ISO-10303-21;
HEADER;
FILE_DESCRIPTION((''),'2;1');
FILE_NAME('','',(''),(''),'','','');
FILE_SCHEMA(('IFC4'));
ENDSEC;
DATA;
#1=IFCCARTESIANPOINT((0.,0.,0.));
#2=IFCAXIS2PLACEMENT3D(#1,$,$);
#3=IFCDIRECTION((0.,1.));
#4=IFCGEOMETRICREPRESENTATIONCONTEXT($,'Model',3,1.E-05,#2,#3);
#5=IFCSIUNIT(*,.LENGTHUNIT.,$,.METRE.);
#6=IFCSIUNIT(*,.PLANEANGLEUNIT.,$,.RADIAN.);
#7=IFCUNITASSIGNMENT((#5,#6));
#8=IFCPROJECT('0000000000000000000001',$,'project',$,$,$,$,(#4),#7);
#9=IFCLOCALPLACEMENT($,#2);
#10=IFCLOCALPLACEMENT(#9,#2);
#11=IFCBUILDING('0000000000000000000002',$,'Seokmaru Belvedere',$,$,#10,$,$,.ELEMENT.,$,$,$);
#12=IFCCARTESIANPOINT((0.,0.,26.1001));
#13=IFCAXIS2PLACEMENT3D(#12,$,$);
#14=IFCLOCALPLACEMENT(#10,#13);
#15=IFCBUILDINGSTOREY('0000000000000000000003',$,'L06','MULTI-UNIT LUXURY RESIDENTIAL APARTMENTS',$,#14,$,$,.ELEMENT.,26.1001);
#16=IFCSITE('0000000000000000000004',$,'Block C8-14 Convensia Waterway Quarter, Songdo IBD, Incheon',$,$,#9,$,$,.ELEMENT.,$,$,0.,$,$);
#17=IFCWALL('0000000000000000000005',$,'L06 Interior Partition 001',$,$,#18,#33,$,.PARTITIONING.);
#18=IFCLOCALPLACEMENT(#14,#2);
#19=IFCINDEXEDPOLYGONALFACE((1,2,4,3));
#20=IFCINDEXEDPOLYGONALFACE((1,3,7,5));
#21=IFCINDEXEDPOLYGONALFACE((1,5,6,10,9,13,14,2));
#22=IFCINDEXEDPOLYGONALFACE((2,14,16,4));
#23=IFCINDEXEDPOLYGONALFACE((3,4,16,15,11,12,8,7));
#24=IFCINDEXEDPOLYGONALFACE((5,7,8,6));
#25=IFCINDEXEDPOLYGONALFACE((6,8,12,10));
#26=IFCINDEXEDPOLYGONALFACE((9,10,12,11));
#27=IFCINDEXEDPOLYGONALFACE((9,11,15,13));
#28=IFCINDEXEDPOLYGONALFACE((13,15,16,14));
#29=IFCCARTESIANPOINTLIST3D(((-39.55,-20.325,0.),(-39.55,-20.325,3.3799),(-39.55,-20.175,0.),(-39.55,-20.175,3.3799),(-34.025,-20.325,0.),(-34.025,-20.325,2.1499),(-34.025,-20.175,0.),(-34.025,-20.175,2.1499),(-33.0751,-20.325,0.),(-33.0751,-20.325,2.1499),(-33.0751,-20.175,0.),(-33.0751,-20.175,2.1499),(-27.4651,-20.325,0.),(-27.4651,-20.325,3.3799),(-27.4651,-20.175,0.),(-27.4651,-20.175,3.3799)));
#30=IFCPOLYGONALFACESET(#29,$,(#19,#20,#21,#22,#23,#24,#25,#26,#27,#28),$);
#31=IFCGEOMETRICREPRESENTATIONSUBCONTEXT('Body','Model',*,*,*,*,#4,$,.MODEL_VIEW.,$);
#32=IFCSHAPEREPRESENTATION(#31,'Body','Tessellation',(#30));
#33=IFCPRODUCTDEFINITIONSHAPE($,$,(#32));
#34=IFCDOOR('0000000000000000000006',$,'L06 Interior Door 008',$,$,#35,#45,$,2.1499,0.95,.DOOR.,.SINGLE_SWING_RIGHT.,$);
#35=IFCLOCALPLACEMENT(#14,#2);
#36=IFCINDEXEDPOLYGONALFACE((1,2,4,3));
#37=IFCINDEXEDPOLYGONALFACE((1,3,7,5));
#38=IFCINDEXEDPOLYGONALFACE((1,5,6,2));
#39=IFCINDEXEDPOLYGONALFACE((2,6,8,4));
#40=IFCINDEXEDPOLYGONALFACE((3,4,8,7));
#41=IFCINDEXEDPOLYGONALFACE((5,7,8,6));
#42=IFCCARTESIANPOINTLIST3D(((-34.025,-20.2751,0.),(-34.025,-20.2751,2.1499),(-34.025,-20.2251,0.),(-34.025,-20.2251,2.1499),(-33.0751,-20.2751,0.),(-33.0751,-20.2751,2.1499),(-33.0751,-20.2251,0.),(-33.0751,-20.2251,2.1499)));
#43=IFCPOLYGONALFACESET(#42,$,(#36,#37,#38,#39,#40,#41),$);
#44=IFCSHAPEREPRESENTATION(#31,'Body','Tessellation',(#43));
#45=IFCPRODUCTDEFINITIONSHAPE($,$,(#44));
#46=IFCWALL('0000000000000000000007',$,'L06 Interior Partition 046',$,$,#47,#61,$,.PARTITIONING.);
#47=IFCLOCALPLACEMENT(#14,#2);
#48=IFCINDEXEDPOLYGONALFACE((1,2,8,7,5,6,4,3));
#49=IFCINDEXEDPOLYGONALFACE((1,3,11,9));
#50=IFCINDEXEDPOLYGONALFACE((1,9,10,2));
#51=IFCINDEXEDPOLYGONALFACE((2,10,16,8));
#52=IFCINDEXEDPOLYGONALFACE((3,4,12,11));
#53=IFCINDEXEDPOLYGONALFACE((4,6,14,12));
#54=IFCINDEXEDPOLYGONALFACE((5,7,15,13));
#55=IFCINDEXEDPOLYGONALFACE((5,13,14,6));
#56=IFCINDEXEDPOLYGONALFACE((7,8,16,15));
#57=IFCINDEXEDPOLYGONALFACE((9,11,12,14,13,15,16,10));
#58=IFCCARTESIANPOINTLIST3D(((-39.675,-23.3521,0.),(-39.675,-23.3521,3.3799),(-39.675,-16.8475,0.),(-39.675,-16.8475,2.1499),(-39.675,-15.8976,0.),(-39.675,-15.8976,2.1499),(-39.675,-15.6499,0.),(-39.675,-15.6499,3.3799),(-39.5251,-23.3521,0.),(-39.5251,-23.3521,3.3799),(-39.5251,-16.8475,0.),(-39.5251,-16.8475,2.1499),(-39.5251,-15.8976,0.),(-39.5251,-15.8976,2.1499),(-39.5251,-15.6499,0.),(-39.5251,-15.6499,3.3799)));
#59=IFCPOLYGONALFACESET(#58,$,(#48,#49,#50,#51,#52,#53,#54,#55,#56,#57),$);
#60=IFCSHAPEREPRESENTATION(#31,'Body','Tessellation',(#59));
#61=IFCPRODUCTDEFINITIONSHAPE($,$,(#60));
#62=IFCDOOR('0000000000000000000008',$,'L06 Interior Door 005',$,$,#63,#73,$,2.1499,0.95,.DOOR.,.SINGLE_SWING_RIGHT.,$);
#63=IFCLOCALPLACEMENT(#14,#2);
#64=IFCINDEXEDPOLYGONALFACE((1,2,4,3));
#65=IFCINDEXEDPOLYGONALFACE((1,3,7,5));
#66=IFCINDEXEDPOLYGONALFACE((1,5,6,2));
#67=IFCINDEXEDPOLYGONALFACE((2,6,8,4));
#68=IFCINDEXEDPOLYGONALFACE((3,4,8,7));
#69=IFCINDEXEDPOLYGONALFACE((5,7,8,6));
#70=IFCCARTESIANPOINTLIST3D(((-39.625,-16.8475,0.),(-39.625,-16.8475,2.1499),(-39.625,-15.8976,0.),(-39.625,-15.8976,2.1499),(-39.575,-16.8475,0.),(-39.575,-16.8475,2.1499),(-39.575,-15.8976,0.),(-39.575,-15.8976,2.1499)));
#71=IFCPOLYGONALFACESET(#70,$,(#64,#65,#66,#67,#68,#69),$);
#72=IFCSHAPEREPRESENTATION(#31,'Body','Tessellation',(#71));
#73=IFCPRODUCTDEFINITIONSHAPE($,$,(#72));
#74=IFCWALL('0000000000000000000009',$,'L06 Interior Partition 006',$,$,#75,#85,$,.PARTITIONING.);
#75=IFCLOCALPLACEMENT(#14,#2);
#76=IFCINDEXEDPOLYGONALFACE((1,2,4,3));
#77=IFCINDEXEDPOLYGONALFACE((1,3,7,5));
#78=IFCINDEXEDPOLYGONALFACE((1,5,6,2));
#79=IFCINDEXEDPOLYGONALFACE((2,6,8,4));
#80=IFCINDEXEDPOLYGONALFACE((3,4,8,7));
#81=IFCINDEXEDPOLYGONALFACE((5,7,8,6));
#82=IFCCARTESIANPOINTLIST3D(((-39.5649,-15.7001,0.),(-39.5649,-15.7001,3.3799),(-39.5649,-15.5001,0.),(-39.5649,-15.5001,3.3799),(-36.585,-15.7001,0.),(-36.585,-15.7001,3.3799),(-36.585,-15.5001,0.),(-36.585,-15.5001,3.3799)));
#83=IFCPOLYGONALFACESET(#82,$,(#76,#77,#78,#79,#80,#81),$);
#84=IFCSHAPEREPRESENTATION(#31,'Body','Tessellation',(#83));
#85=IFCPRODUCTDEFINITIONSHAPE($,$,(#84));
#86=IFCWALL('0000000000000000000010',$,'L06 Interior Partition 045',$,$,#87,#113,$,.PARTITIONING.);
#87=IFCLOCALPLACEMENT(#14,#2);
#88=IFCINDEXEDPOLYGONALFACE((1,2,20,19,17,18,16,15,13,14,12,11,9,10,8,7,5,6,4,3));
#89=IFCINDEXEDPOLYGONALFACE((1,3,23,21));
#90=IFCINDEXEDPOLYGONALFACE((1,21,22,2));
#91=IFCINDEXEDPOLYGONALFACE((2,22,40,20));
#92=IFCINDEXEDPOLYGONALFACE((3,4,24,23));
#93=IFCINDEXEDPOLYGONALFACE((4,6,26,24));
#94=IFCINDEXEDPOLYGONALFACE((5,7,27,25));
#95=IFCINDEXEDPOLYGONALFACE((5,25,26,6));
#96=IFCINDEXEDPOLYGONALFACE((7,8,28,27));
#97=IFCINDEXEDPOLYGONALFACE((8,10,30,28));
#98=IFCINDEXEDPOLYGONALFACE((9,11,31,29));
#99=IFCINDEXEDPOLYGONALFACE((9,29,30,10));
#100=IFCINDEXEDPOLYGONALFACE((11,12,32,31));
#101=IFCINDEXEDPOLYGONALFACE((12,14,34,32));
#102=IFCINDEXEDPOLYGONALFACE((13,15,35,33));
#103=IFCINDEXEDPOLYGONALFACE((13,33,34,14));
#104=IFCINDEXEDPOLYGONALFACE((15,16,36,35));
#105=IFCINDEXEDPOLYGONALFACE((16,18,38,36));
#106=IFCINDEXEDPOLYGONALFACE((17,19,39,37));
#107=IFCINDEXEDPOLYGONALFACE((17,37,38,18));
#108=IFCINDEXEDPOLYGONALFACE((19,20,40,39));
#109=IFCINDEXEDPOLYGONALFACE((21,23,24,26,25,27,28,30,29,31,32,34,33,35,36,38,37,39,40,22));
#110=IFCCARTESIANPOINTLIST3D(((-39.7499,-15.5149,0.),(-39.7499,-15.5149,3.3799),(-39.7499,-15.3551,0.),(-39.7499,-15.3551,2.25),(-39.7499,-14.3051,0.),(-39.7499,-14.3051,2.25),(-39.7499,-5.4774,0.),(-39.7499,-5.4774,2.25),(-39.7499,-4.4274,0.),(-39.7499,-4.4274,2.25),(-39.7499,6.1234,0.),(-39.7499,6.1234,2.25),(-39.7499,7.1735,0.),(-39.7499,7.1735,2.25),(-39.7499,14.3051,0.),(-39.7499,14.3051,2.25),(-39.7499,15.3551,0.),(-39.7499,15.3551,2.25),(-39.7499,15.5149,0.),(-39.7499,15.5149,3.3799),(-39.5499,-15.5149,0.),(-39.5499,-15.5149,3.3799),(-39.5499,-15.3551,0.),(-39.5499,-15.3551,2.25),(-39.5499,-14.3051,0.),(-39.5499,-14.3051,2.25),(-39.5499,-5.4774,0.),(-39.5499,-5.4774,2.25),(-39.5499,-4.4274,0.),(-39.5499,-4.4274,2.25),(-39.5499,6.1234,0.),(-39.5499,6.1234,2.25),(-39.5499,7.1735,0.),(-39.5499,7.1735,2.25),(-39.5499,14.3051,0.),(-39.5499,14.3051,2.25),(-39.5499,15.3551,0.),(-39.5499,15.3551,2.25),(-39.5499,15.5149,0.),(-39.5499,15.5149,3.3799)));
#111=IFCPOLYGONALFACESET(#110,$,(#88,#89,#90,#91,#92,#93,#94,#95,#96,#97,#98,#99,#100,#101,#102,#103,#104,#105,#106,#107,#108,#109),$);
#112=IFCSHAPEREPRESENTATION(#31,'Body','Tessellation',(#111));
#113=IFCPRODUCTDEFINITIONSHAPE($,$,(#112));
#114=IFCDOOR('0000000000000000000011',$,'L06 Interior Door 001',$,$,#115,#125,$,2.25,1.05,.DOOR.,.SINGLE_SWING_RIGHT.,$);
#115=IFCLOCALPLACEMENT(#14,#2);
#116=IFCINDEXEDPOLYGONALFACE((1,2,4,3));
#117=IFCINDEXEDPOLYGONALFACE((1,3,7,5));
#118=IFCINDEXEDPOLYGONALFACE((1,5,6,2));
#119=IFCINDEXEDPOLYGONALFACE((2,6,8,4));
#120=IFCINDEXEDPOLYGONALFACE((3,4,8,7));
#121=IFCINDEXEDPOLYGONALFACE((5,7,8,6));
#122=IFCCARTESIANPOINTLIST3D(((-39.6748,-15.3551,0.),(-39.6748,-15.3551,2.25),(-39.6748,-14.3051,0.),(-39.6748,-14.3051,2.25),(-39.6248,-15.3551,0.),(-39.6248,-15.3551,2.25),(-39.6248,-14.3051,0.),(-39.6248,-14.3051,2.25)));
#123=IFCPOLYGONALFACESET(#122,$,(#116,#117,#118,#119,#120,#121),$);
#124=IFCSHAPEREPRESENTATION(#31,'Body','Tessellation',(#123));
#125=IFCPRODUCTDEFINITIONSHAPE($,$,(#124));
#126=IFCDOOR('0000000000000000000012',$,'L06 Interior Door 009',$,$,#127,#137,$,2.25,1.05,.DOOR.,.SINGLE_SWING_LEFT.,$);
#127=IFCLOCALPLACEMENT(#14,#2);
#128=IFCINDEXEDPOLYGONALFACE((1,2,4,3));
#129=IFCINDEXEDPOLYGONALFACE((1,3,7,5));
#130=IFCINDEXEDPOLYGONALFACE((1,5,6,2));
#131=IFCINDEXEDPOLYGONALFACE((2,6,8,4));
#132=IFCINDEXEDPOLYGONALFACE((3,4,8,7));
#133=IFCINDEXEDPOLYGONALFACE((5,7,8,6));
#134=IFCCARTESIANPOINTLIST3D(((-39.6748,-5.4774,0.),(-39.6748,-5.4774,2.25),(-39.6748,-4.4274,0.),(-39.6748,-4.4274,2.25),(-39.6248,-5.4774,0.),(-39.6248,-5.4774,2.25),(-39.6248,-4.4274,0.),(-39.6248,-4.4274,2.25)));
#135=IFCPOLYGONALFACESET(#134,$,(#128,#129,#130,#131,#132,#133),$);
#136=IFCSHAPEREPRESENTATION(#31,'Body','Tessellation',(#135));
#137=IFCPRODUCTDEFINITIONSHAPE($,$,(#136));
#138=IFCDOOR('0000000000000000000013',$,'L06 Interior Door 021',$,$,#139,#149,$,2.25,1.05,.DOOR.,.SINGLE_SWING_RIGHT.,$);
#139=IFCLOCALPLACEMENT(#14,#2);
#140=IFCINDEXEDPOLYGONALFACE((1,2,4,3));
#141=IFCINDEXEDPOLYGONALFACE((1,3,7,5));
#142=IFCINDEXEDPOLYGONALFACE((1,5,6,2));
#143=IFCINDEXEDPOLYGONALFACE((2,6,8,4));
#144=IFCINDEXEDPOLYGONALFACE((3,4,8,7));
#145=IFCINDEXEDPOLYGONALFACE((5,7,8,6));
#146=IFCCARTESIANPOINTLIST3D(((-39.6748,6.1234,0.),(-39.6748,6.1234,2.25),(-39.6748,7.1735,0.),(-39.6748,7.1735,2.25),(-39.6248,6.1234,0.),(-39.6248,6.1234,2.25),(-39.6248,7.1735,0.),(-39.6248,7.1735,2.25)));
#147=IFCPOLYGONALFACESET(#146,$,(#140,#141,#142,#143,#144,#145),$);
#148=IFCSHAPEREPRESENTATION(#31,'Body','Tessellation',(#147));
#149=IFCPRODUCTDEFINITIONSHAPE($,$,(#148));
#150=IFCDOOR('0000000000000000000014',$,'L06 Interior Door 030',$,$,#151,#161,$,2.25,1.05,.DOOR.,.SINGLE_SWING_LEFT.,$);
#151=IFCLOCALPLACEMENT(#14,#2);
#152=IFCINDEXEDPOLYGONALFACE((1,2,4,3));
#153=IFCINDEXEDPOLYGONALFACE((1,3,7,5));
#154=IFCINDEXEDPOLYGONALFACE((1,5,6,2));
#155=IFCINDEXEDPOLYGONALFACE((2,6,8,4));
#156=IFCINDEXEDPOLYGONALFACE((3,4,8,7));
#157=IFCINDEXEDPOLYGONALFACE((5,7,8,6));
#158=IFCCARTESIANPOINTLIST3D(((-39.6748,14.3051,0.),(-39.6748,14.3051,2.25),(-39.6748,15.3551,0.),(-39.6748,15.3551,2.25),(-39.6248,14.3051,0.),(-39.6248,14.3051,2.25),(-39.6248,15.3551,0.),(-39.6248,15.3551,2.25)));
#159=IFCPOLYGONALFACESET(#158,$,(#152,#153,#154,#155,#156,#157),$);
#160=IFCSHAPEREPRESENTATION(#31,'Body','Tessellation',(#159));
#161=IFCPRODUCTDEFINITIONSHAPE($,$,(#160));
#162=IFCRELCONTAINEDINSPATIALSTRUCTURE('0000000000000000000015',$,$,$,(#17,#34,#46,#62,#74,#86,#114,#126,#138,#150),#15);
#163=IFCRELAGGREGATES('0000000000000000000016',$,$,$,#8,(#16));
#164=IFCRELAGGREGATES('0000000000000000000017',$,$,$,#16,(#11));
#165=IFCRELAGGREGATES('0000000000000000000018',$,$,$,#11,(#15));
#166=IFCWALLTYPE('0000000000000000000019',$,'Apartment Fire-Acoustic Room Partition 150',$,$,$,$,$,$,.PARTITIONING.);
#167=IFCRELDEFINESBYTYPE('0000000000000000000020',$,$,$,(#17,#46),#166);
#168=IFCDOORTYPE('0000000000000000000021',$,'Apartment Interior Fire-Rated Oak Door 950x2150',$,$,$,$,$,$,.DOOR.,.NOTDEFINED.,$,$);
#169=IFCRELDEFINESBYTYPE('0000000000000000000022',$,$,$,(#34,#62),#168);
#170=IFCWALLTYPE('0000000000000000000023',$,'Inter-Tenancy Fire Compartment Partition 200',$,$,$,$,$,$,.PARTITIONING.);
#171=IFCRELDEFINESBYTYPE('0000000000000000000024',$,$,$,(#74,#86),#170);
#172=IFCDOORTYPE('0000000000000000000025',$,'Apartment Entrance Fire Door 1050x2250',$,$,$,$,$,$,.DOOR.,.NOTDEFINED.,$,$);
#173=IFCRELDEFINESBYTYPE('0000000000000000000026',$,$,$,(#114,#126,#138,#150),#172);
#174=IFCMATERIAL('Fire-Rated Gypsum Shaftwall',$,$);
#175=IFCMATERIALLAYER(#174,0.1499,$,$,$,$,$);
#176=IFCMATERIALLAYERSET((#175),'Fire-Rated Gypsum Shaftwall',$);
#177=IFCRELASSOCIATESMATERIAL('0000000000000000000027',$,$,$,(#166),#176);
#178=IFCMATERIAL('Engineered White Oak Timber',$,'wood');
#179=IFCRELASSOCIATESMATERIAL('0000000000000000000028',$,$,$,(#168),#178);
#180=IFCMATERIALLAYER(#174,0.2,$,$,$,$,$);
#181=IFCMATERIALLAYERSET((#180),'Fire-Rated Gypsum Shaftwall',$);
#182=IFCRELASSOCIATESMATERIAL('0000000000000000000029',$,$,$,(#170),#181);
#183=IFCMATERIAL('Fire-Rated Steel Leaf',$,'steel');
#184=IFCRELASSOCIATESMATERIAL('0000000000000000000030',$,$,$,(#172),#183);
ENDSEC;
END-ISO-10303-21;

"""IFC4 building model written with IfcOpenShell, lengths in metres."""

from ifc_helpers import new_model, si_unit, direction, frame, frame_2d, origin, place, context, subcontext, project, spatial, rectangle, extrude, source, transform, mapped, material, layer, layer_set, type_object, type_shapes, element, fill, save


model = new_model("IFC4")

# Units and contexts
model_context = context("Model", 3, precision=1e-05, world=origin(), true_north=direction((0.0, 1.0)))
body_context = subcontext(model_context, "Body", "Model", "MODEL_VIEW")
ifc_project = project(units=[si_unit("LENGTHUNIT", "METRE"), si_unit("PLANEANGLEUNIT", "RADIAN")], contexts=[model_context])

# Site, building, storey
site_placement = place(None, origin())
site = spatial("IfcSite", under=ifc_project, at=site_placement, Name="Block C8-14 Convensia Waterway Quarter, Songdo IBD, Incheon", CompositionType="ELEMENT", RefElevation=0.0)
building_placement = place(site_placement, origin())
building = spatial("IfcBuilding", under=site, at=building_placement, Name="Seokmaru Belvedere", CompositionType="ELEMENT")
storey_placement = place(building_placement, frame((0.0, 0.0, 26.1001)))
storey = spatial("IfcBuildingStorey", under=building, at=storey_placement, Name="L06", Description="MULTI-UNIT LUXURY RESIDENTIAL APARTMENTS", CompositionType="ELEMENT", Elevation=26.1001)

# Walls, openings, doors
ifc_material_1 = material(Name="Fire-Rated Gypsum Shaftwall")
ifc_layer_1 = layer(ifc_material_1, 0.1499)
ifc_layer_set_1 = layer_set([ifc_layer_1], Name="Fire-Rated Gypsum Shaftwall")
wall_type_1 = type_object("IfcWallType", Name="Apartment Fire-Acoustic Room Partition 150", PredefinedType="PARTITIONING", material=ifc_layer_set_1)
wall_1_placement = place(storey_placement, frame((-39.55, -20.25, 0.0), z_axis=(0.0, 0.0, 1.0), x_axis=(1.0, 0.0, 0.0)))
wall_1 = element("IfcWall", 1, at=wall_1_placement, inside=storey, type_object=wall_type_1, Name="L06 Interior Partition 001", PredefinedType="PARTITIONING", context=body_context, shape_type="SweptSolid", body=[
    extrude(rectangle(XDim=12.085, YDim=0.1499, at=frame_2d((6.0425, 0.0))), origin(), (0.0, 0.0, 1.0), 3.3799),
])
opening_1_placement = place(wall_1_placement, frame((5.5249, 0.0, 0.0)))
opening_1 = element("IfcOpeningElement", 2, at=opening_1_placement, cuts=wall_1, PredefinedType="OPENING", context=body_context, shape_type="SweptSolid", body=[
    extrude(rectangle(XDim=0.95, YDim=2.1499, at=frame_2d((0.4751, 1.075))), frame((0.0, 0.085, 0.0), z_axis=(0.0, -1.0, 0.0), x_axis=(1.0, 0.0, 0.0)), (0.0, 0.0, 1.0), 0.1699),
])
ifc_material_2 = material(Name="Engineered White Oak Timber", Category="wood")
door_type_1 = type_object("IfcDoorType", Name="Apartment Interior Fire-Rated Oak Door 950x2150", OperationType="NOTDEFINED", PredefinedType="DOOR", material=ifc_material_2)
shared_shape_1 = source(origin(), body_context, "Body", "SweptSolid", [
    extrude(rectangle(XDim=0.95, YDim=2.1499, at=frame_2d((0.4751, 1.075))), frame((0.0, 0.0249, 0.0), z_axis=(0.0, -1.0, 0.0), x_axis=(1.0, 0.0, 0.0)), (0.0, 0.0, 1.0), 0.05),
])
type_shapes(door_type_1, [shared_shape_1])
door_1_placement = place(opening_1_placement, origin())
door_1 = element("IfcDoor", 3, at=door_1_placement, inside=storey, type_object=door_type_1, Name="L06 Interior Door 008", OperationType="SINGLE_SWING_RIGHT", OverallHeight=2.1499, OverallWidth=0.95, PredefinedType="DOOR", context=body_context, shape_type="MappedRepresentation", body=[
    mapped(shared_shape_1, transform((0.0, 0.0, 0.0), scale=1.0)),
])
fill(opening_1, door_1)
wall_2_placement = place(storey_placement, frame((-39.6001, -23.3521, 0.0), z_axis=(0.0, 0.0, 1.0), x_axis=(0.0, 1.0, 0.0)))
wall_2 = element("IfcWall", 4, at=wall_2_placement, inside=storey, type_object=wall_type_1, Name="L06 Interior Partition 046", PredefinedType="PARTITIONING", context=body_context, shape_type="SweptSolid", body=[
    extrude(rectangle(XDim=7.7021, YDim=0.1499, at=frame_2d((3.8511, 0.0))), origin(), (0.0, 0.0, 1.0), 3.3799),
])
opening_2_placement = place(wall_2_placement, frame((6.5044, 0.0, 0.0)))
opening_2 = element("IfcOpeningElement", 5, at=opening_2_placement, cuts=wall_2, PredefinedType="OPENING", context=body_context, shape_type="SweptSolid", body=[
    extrude(rectangle(XDim=0.95, YDim=2.1499, at=frame_2d((0.4751, 1.075))), frame((0.0, 0.085, 0.0), z_axis=(0.0, -1.0, 0.0), x_axis=(1.0, 0.0, 0.0)), (0.0, 0.0, 1.0), 0.1699),
])
door_2_placement = place(opening_2_placement, origin())
door_2 = element("IfcDoor", 6, at=door_2_placement, inside=storey, type_object=door_type_1, Name="L06 Interior Door 005", OperationType="SINGLE_SWING_RIGHT", OverallHeight=2.1499, OverallWidth=0.95, PredefinedType="DOOR", context=body_context, shape_type="MappedRepresentation", body=[
    mapped(shared_shape_1, transform((0.0, 0.0, 0.0), scale=1.0)),
])
fill(opening_2, door_2)

# Wall
ifc_layer_2 = layer(ifc_material_1, 0.2)
ifc_layer_set_2 = layer_set([ifc_layer_2], Name="Fire-Rated Gypsum Shaftwall")
wall_type_2 = type_object("IfcWallType", Name="Inter-Tenancy Fire Compartment Partition 200", PredefinedType="PARTITIONING", material=ifc_layer_set_2)
wall_3_placement = place(storey_placement, frame((-39.5649, -15.6001, 0.0), z_axis=(0.0, 0.0, 1.0), x_axis=(1.0, 0.0, 0.0)))
element("IfcWall", 7, at=wall_3_placement, inside=storey, type_object=wall_type_2, Name="L06 Interior Partition 006", PredefinedType="PARTITIONING", context=body_context, shape_type="SweptSolid", body=[
    extrude(rectangle(XDim=2.98, YDim=0.2, at=frame_2d((1.49, 0.0))), origin(), (0.0, 0.0, 1.0), 3.3799),
])

# Wall, openings, doors
wall_4_placement = place(storey_placement, frame((-39.6499, -15.5149, 0.0), z_axis=(0.0, 0.0, 1.0), x_axis=(0.0, 1.0, 0.0)))
wall_4 = element("IfcWall", 8, at=wall_4_placement, inside=storey, type_object=wall_type_2, Name="L06 Interior Partition 045", PredefinedType="PARTITIONING", context=body_context, shape_type="SweptSolid", body=[
    extrude(rectangle(XDim=31.0298, YDim=0.2, at=frame_2d((15.5149, 0.0))), origin(), (0.0, 0.0, 1.0), 3.3799),
])
opening_3_placement = place(wall_4_placement, frame((0.1599, 0.0, 0.0)))
opening_3 = element("IfcOpeningElement", 9, at=opening_3_placement, cuts=wall_4, PredefinedType="OPENING", context=body_context, shape_type="SweptSolid", body=[
    extrude(rectangle(XDim=1.05, YDim=2.25, at=frame_2d((0.5249, 1.125))), frame((0.0, 0.1099, 0.0), z_axis=(0.0, -1.0, 0.0), x_axis=(1.0, 0.0, 0.0)), (0.0, 0.0, 1.0), 0.22),
])
opening_4_placement = place(wall_4_placement, frame((10.0376, 0.0, 0.0)))
opening_4 = element("IfcOpeningElement", 10, at=opening_4_placement, cuts=wall_4, PredefinedType="OPENING", context=body_context, shape_type="SweptSolid", body=[
    extrude(rectangle(XDim=1.05, YDim=2.25, at=frame_2d((0.5249, 1.125))), frame((0.0, 0.1099, 0.0), z_axis=(0.0, -1.0, 0.0), x_axis=(1.0, 0.0, 0.0)), (0.0, 0.0, 1.0), 0.22),
])
opening_5_placement = place(wall_4_placement, frame((21.6384, 0.0, 0.0)))
opening_5 = element("IfcOpeningElement", 11, at=opening_5_placement, cuts=wall_4, PredefinedType="OPENING", context=body_context, shape_type="SweptSolid", body=[
    extrude(rectangle(XDim=1.05, YDim=2.25, at=frame_2d((0.5249, 1.125))), frame((0.0, 0.1099, 0.0), z_axis=(0.0, -1.0, 0.0), x_axis=(1.0, 0.0, 0.0)), (0.0, 0.0, 1.0), 0.22),
])
opening_6_placement = place(wall_4_placement, frame((29.8201, 0.0, 0.0)))
opening_6 = element("IfcOpeningElement", 12, at=opening_6_placement, cuts=wall_4, PredefinedType="OPENING", context=body_context, shape_type="SweptSolid", body=[
    extrude(rectangle(XDim=1.05, YDim=2.25, at=frame_2d((0.5249, 1.125))), frame((0.0, 0.1099, 0.0), z_axis=(0.0, -1.0, 0.0), x_axis=(1.0, 0.0, 0.0)), (0.0, 0.0, 1.0), 0.22),
])
ifc_material_3 = material(Name="Fire-Rated Steel Leaf", Category="steel")
door_type_2 = type_object("IfcDoorType", Name="Apartment Entrance Fire Door 1050x2250", OperationType="NOTDEFINED", PredefinedType="DOOR", material=ifc_material_3)
shared_shape_2 = source(origin(), body_context, "Body", "SweptSolid", [
    extrude(rectangle(XDim=1.05, YDim=2.25, at=frame_2d((0.5249, 1.125))), frame((0.0, 0.0249, 0.0), z_axis=(0.0, -1.0, 0.0), x_axis=(1.0, 0.0, 0.0)), (0.0, 0.0, 1.0), 0.05),
])
type_shapes(door_type_2, [shared_shape_2])
door_3_placement = place(opening_3_placement, origin())
door_3 = element("IfcDoor", 13, at=door_3_placement, inside=storey, type_object=door_type_2, Name="L06 Interior Door 001", OperationType="SINGLE_SWING_RIGHT", OverallHeight=2.25, OverallWidth=1.05, PredefinedType="DOOR", context=body_context, shape_type="MappedRepresentation", body=[
    mapped(shared_shape_2, transform((0.0, 0.0, 0.0), scale=1.0)),
])
fill(opening_3, door_3)
door_4_placement = place(opening_4_placement, origin())
door_4 = element("IfcDoor", 14, at=door_4_placement, inside=storey, type_object=door_type_2, Name="L06 Interior Door 009", OperationType="SINGLE_SWING_LEFT", OverallHeight=2.25, OverallWidth=1.05, PredefinedType="DOOR", context=body_context, shape_type="MappedRepresentation", body=[
    mapped(shared_shape_2, transform((0.0, 0.0, 0.0), scale=1.0)),
])
fill(opening_4, door_4)
door_5_placement = place(opening_5_placement, origin())
door_5 = element("IfcDoor", 15, at=door_5_placement, inside=storey, type_object=door_type_2, Name="L06 Interior Door 021", OperationType="SINGLE_SWING_RIGHT", OverallHeight=2.25, OverallWidth=1.05, PredefinedType="DOOR", context=body_context, shape_type="MappedRepresentation", body=[
    mapped(shared_shape_2, transform((0.0, 0.0, 0.0), scale=1.0)),
])
fill(opening_5, door_5)
door_6_placement = place(opening_6_placement, origin())
door_6 = element("IfcDoor", 16, at=door_6_placement, inside=storey, type_object=door_type_2, Name="L06 Interior Door 030", OperationType="SINGLE_SWING_LEFT", OverallHeight=2.25, OverallWidth=1.05, PredefinedType="DOOR", context=body_context, shape_type="MappedRepresentation", body=[
    mapped(shared_shape_2, transform((0.0, 0.0, 0.0), scale=1.0)),
])
fill(opening_6, door_6)

save(model, "model.ifc")
